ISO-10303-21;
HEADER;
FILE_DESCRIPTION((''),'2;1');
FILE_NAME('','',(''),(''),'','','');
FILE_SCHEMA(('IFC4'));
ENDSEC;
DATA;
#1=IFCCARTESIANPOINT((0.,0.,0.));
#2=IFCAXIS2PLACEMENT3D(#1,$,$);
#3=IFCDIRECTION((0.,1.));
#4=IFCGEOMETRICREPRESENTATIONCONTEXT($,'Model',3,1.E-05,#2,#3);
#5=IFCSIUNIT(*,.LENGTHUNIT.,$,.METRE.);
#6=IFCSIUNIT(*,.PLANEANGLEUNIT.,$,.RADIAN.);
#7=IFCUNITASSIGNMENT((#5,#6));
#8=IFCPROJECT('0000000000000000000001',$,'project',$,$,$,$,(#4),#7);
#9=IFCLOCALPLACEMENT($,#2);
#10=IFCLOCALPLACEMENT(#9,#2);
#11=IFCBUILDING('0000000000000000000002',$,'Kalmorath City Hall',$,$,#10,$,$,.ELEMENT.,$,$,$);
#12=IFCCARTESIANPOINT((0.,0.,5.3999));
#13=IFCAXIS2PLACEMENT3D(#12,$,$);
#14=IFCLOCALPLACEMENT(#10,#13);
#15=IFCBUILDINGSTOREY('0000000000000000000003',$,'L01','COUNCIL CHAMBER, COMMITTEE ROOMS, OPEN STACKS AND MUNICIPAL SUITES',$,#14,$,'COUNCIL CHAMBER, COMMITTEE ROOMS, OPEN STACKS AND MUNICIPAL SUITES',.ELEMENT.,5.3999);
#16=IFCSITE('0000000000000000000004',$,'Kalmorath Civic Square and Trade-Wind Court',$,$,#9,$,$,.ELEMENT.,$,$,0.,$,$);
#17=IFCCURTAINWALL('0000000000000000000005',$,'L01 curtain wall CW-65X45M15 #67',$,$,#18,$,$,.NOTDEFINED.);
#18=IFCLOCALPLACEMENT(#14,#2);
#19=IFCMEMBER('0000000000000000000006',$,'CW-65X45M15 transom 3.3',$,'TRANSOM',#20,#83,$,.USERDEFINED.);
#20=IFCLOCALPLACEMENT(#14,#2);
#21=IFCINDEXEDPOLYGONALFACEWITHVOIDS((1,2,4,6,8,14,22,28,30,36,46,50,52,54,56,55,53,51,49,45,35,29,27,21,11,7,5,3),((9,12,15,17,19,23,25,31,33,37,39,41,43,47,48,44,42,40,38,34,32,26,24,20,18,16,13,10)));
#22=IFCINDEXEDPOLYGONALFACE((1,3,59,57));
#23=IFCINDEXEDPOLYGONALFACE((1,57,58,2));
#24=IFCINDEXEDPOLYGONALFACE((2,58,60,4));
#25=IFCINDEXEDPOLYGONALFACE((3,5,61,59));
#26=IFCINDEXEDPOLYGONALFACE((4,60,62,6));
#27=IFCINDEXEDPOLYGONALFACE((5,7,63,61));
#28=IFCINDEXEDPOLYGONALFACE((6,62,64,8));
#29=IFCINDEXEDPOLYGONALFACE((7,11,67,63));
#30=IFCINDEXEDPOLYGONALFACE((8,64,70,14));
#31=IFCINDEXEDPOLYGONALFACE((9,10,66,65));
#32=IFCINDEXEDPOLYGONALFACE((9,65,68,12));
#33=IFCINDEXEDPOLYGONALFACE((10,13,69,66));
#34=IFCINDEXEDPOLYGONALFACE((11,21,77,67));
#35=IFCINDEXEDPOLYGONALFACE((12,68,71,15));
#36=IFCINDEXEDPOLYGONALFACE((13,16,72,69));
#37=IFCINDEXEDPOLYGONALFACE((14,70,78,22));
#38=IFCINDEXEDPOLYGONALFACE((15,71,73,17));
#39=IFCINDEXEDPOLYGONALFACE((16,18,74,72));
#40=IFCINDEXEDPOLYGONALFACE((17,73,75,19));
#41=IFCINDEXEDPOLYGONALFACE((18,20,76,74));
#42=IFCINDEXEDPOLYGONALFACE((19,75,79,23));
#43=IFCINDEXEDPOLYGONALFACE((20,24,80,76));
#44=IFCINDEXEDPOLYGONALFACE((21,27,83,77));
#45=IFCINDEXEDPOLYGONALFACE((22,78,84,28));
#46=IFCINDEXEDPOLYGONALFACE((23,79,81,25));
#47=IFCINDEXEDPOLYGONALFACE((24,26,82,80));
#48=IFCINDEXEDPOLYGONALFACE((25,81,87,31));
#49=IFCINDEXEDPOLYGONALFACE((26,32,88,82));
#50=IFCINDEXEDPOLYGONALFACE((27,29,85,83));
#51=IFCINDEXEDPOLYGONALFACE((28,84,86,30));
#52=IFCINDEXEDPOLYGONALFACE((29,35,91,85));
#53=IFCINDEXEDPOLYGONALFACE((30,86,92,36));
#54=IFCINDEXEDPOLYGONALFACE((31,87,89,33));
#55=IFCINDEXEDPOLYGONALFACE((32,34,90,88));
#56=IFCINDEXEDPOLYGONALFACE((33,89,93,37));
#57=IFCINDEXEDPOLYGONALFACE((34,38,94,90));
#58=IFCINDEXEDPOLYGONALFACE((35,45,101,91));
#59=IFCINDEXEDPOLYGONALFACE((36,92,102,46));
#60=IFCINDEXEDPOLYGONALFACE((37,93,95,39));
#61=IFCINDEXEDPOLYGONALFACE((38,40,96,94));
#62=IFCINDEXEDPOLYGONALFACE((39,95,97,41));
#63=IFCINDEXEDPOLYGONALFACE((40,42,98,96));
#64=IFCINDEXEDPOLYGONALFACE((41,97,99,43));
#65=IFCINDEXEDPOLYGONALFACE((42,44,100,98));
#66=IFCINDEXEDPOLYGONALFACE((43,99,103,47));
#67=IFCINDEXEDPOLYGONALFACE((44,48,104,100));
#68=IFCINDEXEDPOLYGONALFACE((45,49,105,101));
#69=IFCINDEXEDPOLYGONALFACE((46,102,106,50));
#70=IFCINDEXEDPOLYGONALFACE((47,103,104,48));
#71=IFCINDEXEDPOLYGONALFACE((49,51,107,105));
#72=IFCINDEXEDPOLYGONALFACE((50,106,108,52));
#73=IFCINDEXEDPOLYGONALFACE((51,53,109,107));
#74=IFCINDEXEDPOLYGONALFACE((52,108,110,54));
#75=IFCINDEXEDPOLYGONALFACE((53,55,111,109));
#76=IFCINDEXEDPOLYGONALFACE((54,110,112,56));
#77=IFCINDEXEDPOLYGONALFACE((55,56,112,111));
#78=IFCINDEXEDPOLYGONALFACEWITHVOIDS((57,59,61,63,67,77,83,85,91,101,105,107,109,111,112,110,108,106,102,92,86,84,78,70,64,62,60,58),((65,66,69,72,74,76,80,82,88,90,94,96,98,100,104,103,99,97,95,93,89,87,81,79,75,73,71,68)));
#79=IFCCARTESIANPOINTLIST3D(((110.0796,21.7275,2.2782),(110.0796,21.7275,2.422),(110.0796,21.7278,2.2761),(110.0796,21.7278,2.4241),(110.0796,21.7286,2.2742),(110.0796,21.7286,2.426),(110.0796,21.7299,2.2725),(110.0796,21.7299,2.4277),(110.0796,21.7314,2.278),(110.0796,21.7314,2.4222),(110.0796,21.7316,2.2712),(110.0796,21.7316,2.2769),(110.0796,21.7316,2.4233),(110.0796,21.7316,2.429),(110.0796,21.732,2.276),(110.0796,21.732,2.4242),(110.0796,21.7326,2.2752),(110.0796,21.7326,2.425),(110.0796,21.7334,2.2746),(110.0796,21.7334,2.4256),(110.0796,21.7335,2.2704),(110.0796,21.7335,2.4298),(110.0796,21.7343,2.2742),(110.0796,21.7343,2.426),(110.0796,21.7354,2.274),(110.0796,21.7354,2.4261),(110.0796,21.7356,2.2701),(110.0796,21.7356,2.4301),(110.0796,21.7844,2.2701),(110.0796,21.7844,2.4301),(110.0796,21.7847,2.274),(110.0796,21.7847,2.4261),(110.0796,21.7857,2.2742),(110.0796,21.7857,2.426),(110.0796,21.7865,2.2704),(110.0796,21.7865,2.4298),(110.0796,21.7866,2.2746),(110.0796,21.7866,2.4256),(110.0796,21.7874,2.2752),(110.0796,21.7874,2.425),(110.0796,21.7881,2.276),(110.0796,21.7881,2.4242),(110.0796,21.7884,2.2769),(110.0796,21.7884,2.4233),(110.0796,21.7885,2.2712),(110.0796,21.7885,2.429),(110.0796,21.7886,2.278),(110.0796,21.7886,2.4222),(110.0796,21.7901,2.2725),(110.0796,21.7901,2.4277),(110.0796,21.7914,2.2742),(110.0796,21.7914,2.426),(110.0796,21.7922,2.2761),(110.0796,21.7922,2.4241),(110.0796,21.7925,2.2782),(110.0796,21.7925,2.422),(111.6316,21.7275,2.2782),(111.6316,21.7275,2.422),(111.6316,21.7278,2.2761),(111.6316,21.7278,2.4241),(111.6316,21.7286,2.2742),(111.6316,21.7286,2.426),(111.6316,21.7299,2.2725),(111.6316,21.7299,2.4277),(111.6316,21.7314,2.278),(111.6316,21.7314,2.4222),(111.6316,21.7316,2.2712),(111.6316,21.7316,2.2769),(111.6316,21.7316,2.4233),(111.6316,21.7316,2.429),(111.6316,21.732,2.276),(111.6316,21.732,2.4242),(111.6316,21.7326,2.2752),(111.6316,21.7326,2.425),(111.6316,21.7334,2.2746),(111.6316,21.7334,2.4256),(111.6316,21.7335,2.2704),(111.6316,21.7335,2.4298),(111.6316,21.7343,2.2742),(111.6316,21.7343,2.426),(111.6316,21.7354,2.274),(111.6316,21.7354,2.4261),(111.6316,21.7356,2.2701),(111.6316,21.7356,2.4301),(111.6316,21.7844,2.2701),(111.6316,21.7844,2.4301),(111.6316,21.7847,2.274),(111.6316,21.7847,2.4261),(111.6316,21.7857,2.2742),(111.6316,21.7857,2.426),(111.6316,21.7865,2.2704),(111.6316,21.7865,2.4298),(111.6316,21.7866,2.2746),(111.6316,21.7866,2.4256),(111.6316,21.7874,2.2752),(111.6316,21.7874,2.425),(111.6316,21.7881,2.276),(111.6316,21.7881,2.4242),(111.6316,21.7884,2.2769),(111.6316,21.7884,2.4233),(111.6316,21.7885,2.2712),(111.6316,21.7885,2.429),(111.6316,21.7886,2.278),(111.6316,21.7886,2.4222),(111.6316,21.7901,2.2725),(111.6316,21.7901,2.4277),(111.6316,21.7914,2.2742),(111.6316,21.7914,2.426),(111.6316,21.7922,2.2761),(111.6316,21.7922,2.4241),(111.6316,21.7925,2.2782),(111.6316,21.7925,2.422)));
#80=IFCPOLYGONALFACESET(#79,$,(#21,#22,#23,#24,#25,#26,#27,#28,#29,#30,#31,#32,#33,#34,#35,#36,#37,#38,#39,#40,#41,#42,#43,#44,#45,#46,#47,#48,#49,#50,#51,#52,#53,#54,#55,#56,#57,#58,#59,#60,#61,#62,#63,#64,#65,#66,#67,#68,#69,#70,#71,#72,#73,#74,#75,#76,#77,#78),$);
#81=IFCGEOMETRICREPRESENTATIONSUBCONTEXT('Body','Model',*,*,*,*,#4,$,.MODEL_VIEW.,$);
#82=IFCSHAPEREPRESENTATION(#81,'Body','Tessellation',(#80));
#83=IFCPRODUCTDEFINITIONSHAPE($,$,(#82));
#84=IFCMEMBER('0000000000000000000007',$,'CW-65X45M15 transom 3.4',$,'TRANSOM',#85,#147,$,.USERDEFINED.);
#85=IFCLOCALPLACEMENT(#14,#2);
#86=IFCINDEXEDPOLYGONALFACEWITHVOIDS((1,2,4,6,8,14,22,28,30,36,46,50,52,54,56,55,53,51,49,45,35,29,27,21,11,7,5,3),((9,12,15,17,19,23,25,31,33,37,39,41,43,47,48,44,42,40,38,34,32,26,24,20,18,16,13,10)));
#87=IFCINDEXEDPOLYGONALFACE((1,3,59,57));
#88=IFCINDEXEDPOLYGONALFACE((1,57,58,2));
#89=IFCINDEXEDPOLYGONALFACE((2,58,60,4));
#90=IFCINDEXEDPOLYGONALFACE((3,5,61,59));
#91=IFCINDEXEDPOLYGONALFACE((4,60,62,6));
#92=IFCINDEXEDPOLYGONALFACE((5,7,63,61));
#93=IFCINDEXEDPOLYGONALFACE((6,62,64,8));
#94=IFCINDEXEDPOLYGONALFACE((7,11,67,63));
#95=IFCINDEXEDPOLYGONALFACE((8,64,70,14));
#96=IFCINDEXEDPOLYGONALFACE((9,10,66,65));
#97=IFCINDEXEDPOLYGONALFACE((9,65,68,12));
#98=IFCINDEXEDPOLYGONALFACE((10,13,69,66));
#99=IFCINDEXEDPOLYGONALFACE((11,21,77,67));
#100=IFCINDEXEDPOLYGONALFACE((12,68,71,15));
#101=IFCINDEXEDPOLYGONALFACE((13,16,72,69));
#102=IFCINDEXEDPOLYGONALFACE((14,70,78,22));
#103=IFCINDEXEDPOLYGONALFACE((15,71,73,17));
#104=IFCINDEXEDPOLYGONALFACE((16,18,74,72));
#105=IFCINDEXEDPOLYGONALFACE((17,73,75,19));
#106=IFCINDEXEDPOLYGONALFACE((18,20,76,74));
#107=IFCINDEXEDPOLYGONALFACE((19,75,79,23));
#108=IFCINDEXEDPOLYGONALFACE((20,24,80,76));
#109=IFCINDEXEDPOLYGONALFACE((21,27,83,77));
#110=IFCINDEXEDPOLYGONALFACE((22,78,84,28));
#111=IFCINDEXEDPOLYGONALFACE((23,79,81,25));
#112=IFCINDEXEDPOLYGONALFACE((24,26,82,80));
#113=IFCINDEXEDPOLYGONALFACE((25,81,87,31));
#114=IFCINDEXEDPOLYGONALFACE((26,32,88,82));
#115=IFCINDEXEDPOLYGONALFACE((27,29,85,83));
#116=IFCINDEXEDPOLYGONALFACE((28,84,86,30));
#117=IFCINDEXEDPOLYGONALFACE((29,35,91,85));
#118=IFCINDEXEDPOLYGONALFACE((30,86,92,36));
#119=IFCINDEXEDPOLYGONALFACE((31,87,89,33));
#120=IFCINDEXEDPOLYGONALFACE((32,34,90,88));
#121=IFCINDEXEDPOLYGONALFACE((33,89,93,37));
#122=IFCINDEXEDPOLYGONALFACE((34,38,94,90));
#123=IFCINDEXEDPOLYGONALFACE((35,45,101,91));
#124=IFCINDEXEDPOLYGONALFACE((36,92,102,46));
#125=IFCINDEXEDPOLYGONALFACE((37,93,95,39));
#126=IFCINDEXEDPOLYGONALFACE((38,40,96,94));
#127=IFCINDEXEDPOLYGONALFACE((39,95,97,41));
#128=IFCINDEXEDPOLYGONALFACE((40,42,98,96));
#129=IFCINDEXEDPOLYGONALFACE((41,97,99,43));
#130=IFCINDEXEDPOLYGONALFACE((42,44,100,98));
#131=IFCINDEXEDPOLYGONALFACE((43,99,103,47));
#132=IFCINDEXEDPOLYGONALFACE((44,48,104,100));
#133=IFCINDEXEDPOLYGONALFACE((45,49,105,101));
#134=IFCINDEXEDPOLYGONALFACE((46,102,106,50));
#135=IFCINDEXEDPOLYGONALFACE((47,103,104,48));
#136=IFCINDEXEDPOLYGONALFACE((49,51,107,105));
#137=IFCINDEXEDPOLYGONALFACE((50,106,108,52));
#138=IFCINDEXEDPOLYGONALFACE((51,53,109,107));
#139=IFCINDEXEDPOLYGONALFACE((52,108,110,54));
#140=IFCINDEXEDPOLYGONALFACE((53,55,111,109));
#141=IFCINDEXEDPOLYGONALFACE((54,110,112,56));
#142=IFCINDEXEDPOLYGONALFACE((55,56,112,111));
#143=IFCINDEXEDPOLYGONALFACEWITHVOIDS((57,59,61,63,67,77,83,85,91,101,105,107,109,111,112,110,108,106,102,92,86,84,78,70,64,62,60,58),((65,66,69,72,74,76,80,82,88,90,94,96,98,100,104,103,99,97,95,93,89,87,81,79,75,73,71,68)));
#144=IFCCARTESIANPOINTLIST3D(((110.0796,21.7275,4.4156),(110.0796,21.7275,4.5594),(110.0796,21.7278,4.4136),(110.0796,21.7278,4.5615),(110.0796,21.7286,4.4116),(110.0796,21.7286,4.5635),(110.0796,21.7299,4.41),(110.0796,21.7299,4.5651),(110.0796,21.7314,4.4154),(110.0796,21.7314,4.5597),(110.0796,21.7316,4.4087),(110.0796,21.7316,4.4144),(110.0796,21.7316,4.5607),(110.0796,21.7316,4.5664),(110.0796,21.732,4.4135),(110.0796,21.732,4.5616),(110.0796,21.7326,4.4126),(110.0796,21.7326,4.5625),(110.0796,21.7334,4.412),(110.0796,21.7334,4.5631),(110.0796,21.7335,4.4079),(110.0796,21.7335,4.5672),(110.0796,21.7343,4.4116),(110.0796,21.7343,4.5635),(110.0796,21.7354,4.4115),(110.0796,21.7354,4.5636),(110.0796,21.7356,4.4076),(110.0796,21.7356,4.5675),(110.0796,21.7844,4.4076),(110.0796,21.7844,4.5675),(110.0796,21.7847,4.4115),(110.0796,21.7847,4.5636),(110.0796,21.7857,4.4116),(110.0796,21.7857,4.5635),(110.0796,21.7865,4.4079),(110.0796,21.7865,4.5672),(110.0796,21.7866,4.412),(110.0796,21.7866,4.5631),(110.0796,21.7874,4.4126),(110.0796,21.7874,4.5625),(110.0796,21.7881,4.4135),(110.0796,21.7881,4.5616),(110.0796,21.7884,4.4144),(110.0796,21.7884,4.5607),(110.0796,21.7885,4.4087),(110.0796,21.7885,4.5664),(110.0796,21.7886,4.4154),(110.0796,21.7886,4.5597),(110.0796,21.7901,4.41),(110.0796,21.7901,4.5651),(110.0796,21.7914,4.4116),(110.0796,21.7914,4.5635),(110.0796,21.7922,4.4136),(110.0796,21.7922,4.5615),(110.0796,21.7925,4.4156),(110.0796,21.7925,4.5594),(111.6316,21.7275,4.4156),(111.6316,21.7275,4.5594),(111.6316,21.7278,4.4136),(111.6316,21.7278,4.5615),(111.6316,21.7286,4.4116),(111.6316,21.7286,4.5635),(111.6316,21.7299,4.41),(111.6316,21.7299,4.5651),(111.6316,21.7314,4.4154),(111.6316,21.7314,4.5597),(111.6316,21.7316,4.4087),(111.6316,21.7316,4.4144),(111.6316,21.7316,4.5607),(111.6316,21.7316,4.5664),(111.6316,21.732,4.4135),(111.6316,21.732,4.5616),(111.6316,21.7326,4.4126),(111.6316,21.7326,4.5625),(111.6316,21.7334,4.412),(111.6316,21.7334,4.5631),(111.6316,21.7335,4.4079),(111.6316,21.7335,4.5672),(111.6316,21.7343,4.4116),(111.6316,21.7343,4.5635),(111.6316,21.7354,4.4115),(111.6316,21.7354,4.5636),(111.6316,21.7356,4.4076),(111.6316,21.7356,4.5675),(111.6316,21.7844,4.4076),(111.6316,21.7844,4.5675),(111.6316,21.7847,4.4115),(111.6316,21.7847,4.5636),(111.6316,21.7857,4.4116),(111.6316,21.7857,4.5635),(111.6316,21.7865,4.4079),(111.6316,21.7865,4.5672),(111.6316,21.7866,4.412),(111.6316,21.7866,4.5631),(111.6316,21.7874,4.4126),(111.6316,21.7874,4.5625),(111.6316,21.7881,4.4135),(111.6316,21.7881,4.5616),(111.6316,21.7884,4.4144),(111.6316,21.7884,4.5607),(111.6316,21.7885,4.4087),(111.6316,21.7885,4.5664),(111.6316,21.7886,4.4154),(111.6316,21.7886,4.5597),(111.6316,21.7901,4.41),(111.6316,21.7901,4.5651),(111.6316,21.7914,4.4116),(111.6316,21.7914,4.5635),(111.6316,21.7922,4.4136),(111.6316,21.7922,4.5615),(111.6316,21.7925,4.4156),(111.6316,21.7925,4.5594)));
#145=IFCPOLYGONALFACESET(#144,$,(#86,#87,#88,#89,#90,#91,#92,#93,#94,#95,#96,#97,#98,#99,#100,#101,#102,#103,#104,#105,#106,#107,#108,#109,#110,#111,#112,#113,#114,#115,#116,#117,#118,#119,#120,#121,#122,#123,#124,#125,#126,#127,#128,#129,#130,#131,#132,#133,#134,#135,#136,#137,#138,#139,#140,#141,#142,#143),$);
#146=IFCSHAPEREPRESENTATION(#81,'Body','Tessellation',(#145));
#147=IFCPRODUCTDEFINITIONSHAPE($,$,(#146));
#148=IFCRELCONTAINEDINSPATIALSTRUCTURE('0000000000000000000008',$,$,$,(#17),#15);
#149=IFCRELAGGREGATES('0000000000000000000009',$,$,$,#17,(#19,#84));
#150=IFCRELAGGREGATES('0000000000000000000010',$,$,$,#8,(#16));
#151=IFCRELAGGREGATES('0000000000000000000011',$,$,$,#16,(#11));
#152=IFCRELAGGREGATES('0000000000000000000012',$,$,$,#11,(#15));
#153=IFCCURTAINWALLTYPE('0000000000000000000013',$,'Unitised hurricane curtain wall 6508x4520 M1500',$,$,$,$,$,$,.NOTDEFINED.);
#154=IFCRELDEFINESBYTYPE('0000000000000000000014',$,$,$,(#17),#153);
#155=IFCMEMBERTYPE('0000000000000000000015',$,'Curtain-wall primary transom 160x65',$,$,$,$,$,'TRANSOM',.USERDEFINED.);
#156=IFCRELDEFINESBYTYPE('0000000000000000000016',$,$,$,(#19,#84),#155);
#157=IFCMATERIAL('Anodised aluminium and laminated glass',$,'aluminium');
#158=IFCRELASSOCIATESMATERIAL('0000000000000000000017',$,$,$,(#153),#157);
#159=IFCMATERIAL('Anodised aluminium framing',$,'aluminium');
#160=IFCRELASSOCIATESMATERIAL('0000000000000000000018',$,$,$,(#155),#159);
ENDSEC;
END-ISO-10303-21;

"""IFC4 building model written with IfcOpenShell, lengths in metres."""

from ifc_helpers import new_model, si_unit, direction, frame, origin, origin_2d, place, context, subcontext, project, spatial, hollow_rectangle, extrude, material, material_profile, profile_set, type_object, element, aggregate, save


model = new_model("IFC4")

# Units and contexts
model_context = context("Model", 3, precision=1e-05, world=origin(), true_north=direction((0.0, 1.0)))
body_context = subcontext(model_context, "Body", "Model", "MODEL_VIEW")
ifc_project = project(units=[si_unit("LENGTHUNIT", "METRE"), si_unit("PLANEANGLEUNIT", "RADIAN")], contexts=[model_context])

# Site, building, storey
site_placement = place(None, origin())
site = spatial("IfcSite", under=ifc_project, at=site_placement, Name="Kalmorath Civic Square and Trade-Wind Court", CompositionType="ELEMENT", RefElevation=0.0)
building_placement = place(site_placement, origin())
building = spatial("IfcBuilding", under=site, at=building_placement, Name="Kalmorath City Hall", CompositionType="ELEMENT")
storey_placement = place(building_placement, frame((0.0, 0.0, 5.3999)))
storey = spatial("IfcBuildingStorey", under=building, at=storey_placement, Name="L01", Description="COUNCIL CHAMBER, COMMITTEE ROOMS, OPEN STACKS AND MUNICIPAL SUITES", LongName="COUNCIL CHAMBER, COMMITTEE ROOMS, OPEN STACKS AND MUNICIPAL SUITES", CompositionType="ELEMENT", Elevation=5.3999)

# Curtain wall, members
ifc_material_1 = material(Name="Anodised aluminium and laminated glass", Category="aluminium")
curtain_wall_type = type_object("IfcCurtainWallType", Name="Unitised hurricane curtain wall 6508x4520 M1500", PredefinedType="NOTDEFINED", material=ifc_material_1)
curtain_wall_placement = place(storey_placement, origin())
curtain_wall = element("IfcCurtainWall", 1, at=curtain_wall_placement, inside=storey, type_object=curtain_wall_type, Name="L01 curtain wall CW-65X45M15 #67", PredefinedType="NOTDEFINED")
ifc_material_2 = material(Name="Anodised aluminium framing", Category="aluminium")
ifc_material_profile_1 = material_profile(ifc_material_2, hollow_rectangle(XDim=0.0649, YDim=0.1599, WallThickness=0.0039, InnerFilletRadius=0.0039, OuterFilletRadius=0.0081, at=origin_2d()), Name="ALU-TRN-160X65X4")
ifc_profile_set_1 = profile_set([ifc_material_profile_1], Name="Anodised aluminium framing")
member_type_1 = type_object("IfcMemberType", Name="Curtain-wall primary transom 160x65", ElementType="TRANSOM", PredefinedType="USERDEFINED", material=ifc_profile_set_1)
member_1_placement = place(storey_placement, frame((111.6316, 21.76, 2.3501), z_axis=(-1.0, 0.0, 0.0), x_axis=(0.0, -1.0, 0.0)))
member_1 = element("IfcMember", 2, at=member_1_placement, type_object=member_type_1, Name="CW-65X45M15 transom 3.3", ObjectType="TRANSOM", PredefinedType="USERDEFINED", context=body_context, shape_type="SweptSolid", body=[
    extrude(hollow_rectangle(XDim=0.0649, YDim=0.1599, WallThickness=0.0039, InnerFilletRadius=0.0039, OuterFilletRadius=0.0081, at=origin_2d()), origin(), (0.0, 0.0, 1.0), 1.552),
])
member_2_placement = place(storey_placement, frame((111.6316, 21.76, 4.4875), z_axis=(-1.0, 0.0, 0.0), x_axis=(0.0, -1.0, 0.0)))
member_2 = element("IfcMember", 3, at=member_2_placement, type_object=member_type_1, Name="CW-65X45M15 transom 3.4", ObjectType="TRANSOM", PredefinedType="USERDEFINED", context=body_context, shape_type="SweptSolid", body=[
    extrude(hollow_rectangle(XDim=0.0649, YDim=0.1599, WallThickness=0.0039, InnerFilletRadius=0.0039, OuterFilletRadius=0.0081, at=origin_2d()), origin(), (0.0, 0.0, 1.0), 1.552),
])
aggregate(curtain_wall, [member_1, member_2])

save(model, "model.ifc")
